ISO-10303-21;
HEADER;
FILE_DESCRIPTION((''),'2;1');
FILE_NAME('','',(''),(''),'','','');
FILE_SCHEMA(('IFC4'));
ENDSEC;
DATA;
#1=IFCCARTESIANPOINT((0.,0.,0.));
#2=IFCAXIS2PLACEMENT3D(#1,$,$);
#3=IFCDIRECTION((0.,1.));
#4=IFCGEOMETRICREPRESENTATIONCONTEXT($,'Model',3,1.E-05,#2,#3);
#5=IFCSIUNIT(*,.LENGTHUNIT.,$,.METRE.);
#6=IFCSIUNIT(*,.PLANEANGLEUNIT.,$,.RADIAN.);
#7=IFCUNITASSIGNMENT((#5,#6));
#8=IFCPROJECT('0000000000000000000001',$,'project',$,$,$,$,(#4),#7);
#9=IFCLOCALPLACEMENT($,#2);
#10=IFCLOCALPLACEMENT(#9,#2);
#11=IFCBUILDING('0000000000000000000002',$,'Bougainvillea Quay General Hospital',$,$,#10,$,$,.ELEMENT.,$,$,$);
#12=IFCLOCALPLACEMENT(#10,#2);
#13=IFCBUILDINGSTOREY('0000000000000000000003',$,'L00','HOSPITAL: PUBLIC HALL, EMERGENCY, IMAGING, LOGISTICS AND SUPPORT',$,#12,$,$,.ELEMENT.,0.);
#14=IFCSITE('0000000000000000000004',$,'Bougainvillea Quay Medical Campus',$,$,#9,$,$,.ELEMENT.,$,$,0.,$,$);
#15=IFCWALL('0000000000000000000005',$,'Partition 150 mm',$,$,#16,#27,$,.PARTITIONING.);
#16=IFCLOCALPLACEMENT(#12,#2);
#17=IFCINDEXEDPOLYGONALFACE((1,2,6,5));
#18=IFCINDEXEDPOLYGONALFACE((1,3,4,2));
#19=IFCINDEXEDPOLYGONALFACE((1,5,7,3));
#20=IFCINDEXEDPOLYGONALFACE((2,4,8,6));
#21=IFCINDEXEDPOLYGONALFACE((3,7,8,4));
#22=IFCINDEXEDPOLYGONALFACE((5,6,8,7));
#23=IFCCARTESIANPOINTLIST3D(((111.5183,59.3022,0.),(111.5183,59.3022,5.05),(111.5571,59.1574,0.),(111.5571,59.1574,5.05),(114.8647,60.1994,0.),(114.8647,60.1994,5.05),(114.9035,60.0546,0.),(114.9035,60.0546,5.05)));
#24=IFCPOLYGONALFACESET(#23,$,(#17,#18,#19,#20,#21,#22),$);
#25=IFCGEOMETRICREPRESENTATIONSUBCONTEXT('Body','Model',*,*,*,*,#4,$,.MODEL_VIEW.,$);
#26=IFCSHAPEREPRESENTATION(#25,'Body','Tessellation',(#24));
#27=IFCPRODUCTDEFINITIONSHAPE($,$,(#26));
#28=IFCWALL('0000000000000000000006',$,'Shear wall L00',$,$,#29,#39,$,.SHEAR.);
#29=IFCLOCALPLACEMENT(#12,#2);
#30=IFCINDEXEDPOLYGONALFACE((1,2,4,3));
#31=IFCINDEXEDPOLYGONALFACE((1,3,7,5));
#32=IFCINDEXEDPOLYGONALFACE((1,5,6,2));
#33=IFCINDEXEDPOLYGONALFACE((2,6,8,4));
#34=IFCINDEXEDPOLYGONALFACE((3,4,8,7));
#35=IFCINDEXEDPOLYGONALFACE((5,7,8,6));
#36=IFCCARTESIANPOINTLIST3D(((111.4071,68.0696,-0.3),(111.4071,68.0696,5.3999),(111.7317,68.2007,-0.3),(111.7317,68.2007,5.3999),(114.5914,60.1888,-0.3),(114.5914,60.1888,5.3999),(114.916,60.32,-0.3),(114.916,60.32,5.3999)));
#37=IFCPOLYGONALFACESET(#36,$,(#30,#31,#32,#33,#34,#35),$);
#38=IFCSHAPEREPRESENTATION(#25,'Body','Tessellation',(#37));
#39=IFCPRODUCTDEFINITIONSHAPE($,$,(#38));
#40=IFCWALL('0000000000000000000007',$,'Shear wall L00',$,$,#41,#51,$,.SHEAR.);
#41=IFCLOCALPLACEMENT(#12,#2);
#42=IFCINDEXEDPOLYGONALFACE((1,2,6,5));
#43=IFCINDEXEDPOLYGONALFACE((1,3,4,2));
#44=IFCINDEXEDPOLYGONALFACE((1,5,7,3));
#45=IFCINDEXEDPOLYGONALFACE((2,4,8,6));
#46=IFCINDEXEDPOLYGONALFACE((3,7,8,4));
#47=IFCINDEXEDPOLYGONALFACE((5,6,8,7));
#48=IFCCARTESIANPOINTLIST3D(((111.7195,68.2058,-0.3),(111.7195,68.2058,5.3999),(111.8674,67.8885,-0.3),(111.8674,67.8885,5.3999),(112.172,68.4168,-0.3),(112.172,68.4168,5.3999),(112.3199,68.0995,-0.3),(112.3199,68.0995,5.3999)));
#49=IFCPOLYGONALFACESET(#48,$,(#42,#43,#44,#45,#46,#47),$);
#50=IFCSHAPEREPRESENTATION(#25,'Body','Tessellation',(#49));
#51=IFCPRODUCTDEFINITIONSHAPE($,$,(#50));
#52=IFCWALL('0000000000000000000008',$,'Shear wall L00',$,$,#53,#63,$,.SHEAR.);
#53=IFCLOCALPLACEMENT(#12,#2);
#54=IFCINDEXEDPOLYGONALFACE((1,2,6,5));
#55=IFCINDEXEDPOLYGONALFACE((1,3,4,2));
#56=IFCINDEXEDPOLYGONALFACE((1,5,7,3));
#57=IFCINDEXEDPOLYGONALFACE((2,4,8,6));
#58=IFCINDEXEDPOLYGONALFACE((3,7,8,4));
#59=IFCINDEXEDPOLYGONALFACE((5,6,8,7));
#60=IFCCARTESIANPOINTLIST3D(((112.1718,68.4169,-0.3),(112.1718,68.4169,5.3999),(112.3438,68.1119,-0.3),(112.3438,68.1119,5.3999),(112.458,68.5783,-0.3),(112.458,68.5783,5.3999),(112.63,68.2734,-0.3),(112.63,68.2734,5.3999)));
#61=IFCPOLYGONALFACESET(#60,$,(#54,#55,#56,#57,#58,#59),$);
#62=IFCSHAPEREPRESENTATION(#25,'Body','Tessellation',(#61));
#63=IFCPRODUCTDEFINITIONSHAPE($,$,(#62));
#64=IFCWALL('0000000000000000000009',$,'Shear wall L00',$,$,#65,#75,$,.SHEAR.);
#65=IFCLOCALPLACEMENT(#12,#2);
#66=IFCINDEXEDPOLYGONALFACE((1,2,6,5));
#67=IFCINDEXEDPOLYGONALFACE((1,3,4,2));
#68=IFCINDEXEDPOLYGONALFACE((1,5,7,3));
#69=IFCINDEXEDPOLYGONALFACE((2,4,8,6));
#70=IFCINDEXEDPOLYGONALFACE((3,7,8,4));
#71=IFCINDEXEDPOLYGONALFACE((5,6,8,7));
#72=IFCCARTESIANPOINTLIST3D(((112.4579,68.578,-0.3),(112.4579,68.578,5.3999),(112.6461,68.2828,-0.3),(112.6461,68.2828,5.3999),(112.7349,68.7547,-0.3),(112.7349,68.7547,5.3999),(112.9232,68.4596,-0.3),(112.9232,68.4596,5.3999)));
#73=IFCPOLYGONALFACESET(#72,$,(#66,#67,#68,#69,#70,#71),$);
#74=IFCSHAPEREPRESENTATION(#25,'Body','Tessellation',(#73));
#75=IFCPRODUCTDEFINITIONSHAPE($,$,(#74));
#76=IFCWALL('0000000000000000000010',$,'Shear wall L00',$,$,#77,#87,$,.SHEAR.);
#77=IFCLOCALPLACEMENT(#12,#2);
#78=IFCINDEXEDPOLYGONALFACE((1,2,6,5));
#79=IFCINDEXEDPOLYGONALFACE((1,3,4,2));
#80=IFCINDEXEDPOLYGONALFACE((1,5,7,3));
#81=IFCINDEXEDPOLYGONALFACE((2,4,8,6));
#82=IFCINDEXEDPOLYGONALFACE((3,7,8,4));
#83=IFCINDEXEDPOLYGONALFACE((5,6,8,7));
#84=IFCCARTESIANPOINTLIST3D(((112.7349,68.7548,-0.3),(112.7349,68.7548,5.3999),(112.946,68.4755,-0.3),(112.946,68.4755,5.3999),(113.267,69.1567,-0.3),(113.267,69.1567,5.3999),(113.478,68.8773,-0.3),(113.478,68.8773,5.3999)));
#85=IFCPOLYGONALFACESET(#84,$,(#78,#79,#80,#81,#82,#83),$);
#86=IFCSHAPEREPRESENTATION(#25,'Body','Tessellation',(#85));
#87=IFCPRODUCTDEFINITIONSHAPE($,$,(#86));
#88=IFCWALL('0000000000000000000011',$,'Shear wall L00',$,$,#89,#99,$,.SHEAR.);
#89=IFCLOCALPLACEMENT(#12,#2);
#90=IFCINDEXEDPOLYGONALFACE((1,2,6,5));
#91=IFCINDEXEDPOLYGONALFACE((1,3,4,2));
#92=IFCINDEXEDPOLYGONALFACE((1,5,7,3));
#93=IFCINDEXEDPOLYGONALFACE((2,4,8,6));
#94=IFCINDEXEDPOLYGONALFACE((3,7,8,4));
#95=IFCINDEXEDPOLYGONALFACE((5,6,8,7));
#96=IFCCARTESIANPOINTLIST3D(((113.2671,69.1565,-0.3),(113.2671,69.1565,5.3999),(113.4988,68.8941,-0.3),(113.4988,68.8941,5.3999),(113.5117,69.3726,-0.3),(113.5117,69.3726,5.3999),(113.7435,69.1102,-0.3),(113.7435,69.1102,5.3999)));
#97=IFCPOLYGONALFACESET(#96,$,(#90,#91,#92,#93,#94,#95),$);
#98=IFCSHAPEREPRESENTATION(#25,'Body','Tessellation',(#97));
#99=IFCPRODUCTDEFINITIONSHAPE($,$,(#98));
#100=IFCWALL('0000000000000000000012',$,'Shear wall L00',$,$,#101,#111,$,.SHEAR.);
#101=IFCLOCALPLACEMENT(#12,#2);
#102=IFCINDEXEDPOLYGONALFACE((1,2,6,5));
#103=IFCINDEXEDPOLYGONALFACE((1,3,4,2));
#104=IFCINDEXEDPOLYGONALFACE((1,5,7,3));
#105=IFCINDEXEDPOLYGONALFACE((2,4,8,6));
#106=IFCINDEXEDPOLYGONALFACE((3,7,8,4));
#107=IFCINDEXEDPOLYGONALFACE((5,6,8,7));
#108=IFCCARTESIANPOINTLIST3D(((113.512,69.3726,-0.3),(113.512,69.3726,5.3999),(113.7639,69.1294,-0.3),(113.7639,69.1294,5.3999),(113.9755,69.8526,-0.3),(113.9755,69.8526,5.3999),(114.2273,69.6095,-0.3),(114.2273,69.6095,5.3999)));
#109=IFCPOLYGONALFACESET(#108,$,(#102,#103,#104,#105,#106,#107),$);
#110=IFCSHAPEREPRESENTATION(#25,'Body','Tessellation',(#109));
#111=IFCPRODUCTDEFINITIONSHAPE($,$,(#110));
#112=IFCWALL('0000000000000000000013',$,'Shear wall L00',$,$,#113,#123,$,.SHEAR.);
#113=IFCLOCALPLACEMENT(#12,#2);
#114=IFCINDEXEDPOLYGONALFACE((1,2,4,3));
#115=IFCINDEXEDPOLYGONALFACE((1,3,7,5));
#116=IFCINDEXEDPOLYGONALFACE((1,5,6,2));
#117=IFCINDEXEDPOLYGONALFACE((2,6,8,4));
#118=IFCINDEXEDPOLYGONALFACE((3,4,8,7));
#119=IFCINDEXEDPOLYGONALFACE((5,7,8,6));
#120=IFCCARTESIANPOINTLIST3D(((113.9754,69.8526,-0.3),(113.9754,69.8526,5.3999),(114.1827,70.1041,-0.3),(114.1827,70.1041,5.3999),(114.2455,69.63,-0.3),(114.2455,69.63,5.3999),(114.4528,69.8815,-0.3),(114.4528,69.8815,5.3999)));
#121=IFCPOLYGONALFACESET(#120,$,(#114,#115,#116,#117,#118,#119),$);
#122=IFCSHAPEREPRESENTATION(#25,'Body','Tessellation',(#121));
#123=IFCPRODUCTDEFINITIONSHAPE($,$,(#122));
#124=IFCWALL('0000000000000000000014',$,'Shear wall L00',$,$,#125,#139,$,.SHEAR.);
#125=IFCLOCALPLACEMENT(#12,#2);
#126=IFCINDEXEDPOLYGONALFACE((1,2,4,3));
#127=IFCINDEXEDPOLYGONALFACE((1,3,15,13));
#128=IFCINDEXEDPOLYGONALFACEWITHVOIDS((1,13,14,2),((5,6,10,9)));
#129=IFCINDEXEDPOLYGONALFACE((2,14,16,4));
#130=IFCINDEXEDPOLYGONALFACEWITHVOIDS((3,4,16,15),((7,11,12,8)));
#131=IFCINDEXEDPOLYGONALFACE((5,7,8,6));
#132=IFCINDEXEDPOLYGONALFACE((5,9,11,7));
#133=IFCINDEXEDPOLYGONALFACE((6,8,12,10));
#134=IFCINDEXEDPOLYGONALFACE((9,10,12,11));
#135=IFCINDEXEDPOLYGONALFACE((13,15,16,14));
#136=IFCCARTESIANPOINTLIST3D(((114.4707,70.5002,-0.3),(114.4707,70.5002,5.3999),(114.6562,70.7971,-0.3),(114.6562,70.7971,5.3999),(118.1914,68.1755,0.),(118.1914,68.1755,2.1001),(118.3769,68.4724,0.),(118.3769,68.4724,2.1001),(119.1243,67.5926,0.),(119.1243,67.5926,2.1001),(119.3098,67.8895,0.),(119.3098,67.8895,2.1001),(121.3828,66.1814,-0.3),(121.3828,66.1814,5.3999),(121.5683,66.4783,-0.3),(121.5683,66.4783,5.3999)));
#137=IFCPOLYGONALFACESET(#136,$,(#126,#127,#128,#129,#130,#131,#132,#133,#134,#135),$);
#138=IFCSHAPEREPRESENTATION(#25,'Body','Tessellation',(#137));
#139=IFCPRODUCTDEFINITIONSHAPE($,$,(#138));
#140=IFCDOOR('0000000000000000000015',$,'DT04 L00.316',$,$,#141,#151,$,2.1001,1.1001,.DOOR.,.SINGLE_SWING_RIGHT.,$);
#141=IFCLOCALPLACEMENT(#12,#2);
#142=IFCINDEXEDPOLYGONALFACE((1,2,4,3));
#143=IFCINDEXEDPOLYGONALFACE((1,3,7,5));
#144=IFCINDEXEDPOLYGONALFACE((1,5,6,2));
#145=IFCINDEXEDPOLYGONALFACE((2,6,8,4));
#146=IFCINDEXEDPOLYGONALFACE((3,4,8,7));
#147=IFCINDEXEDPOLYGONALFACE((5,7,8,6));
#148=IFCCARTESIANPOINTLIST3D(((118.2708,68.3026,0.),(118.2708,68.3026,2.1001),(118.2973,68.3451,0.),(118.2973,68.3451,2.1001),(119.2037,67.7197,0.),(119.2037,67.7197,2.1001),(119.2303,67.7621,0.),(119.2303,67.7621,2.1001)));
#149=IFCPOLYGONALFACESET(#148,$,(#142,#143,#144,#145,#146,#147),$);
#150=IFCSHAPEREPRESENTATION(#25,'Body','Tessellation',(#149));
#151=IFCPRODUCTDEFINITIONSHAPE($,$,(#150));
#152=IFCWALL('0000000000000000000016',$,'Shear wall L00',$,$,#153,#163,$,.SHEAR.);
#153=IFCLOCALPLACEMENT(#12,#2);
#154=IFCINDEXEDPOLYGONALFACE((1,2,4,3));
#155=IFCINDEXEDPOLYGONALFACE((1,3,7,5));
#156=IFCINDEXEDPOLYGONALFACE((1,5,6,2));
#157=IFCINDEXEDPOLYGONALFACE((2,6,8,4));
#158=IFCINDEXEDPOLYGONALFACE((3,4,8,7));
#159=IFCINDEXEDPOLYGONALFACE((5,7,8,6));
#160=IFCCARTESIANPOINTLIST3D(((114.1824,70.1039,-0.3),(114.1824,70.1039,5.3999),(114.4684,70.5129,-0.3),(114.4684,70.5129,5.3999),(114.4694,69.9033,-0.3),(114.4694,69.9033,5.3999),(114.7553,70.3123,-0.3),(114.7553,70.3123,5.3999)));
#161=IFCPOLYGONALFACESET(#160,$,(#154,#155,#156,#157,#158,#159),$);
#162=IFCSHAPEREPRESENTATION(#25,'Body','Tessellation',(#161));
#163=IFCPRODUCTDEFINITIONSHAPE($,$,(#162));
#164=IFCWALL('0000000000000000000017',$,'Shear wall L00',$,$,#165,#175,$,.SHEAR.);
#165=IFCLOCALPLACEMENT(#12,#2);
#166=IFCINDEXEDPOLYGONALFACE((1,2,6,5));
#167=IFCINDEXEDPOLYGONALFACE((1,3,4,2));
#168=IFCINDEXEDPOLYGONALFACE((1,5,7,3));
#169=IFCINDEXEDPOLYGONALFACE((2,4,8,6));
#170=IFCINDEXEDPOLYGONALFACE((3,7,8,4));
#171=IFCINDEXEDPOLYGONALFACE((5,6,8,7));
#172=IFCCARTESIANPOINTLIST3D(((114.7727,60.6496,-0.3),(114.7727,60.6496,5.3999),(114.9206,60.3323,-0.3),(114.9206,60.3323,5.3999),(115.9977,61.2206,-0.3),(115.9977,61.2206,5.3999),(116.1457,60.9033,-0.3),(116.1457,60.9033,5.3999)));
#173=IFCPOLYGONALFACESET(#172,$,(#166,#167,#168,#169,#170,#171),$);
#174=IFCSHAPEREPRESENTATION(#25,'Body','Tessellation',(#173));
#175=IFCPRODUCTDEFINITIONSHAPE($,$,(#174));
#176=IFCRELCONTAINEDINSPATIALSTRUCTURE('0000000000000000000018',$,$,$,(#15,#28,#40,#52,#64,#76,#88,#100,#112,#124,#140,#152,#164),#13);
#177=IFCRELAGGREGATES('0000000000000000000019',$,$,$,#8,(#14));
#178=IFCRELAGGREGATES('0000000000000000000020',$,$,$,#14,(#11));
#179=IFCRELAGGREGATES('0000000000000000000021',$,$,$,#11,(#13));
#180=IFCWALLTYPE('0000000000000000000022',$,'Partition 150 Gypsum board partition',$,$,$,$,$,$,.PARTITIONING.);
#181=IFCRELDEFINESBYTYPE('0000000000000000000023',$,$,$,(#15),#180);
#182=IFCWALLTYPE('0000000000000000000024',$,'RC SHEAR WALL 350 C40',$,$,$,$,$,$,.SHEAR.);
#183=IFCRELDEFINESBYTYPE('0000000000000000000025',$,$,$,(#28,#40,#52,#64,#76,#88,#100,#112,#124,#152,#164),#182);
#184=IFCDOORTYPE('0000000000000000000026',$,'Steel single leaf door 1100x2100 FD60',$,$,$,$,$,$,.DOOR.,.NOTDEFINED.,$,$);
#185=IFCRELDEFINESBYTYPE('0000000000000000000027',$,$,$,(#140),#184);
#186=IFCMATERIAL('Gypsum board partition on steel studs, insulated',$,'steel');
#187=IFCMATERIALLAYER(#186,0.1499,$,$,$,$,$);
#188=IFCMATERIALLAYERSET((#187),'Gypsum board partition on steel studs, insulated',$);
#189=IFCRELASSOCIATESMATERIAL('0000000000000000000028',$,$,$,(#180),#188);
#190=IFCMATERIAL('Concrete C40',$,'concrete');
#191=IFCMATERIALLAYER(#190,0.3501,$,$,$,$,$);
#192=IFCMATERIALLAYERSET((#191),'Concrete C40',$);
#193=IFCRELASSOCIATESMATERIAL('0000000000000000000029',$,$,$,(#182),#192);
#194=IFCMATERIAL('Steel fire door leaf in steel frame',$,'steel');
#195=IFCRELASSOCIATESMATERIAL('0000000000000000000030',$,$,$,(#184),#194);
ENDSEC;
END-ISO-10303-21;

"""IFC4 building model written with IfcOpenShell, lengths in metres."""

from ifc_helpers import new_model, si_unit, direction, frame, frame_2d, origin, place, context, subcontext, project, spatial, rectangle, extrude, material, layer, layer_set, type_object, element, fill, save


model = new_model("IFC4")

# Units and contexts
model_context = context("Model", 3, precision=1e-05, world=origin(), true_north=direction((0.0, 1.0)))
body_context = subcontext(model_context, "Body", "Model", "MODEL_VIEW")
ifc_project = project(units=[si_unit("LENGTHUNIT", "METRE"), si_unit("PLANEANGLEUNIT", "RADIAN")], contexts=[model_context])

# Site, building, storey
site_placement = place(None, origin())
site = spatial("IfcSite", under=ifc_project, at=site_placement, Name="Bougainvillea Quay Medical Campus", CompositionType="ELEMENT", RefElevation=0.0)
building_placement = place(site_placement, origin())
building = spatial("IfcBuilding", under=site, at=building_placement, Name="Bougainvillea Quay General Hospital", CompositionType="ELEMENT")
storey_placement = place(building_placement, origin())
storey = spatial("IfcBuildingStorey", under=building, at=storey_placement, Name="L00", Description="HOSPITAL: PUBLIC HALL, EMERGENCY, IMAGING, LOGISTICS AND SUPPORT", CompositionType="ELEMENT", Elevation=0.0)

# Shared definitions
ifc_material_1 = material(Name="Concrete C40", Category="concrete")

# Walls
ifc_material_2 = material(Name="Gypsum board partition on steel studs, insulated", Category="steel")
ifc_layer_1 = layer(ifc_material_2, 0.1499)
ifc_layer_set_1 = layer_set([ifc_layer_1], Name="Gypsum board partition on steel studs, insulated")
wall_type_1 = type_object("IfcWallType", Name="Partition 150 Gypsum board partition", PredefinedType="PARTITIONING", material=ifc_layer_set_1)
for number, where, z_axis, x_axis, name in (
    (1, (111.5376, 59.2297, 0.0), (0.0, 0.0, 1.0), (0.965887, 0.258965, 0.0), "Partition 150 mm"),
):
    element("IfcWall", number, at=place(storey_placement, frame(where, z_axis=z_axis, x_axis=x_axis)), inside=storey, type_object=wall_type_1, Name=name, PredefinedType="PARTITIONING", context=body_context, shape_type="SweptSolid", body=[
        extrude(rectangle(XDim=3.4646, YDim=0.1499, at=frame_2d((1.7324, 0.0))), origin(), (0.0, 0.0, 1.0), 5.05),
    ])
ifc_layer_2 = layer(ifc_material_1, 0.3501)
ifc_layer_set_2 = layer_set([ifc_layer_2], Name="Concrete C40")
wall_type_2 = type_object("IfcWallType", Name="RC SHEAR WALL 350 C40", PredefinedType="SHEAR", material=ifc_layer_set_2)
wall_1_placement = place(storey_placement, frame((111.5693, 68.1353, -0.3), z_axis=(0.0, 0.0, 1.0), x_axis=(0.374642, -0.92717, 0.0)))
element("IfcWall", 2, at=wall_1_placement, inside=storey, type_object=wall_type_2, Name="Shear wall L00", PredefinedType="SHEAR", context=body_context, shape_type="SweptSolid", body=[
    extrude(rectangle(XDim=8.4998, YDim=0.3501, at=frame_2d((4.25, 0.0))), origin(), (0.0, 0.0, 1.0), 5.7),
])
wall_2_placement = place(storey_placement, frame((112.2458, 68.2581, -0.3), z_axis=(0.0, 0.0, 1.0), x_axis=(-0.906321, -0.422591, 0.0)))
element("IfcWall", 3, at=wall_2_placement, inside=storey, type_object=wall_type_2, Name="Shear wall L00", PredefinedType="SHEAR", context=body_context, shape_type="SweptSolid", body=[
    extrude(rectangle(XDim=0.4993, YDim=0.3501, at=frame_2d((0.2495, 0.0))), origin(), (0.0, 0.0, 1.0), 5.7),
])
for number, where, z_axis, x_axis, name in (
    (4, (112.2578, 68.2644, -0.3), (0.0, 0.0, 1.0), (0.871019, 0.491249, 0.0), "Shear wall L00"),
    (5, (112.552, 68.4304, -0.3), (0.0, 0.0, 1.0), (0.84308, 0.537788, 0.0), "Shear wall L00"),
):
    element("IfcWall", number, at=place(storey_placement, frame(where, z_axis=z_axis, x_axis=x_axis)), inside=storey, type_object=wall_type_2, Name=name, PredefinedType="SHEAR", context=body_context, shape_type="SweptSolid", body=[
        extrude(rectangle(XDim=0.3286, YDim=0.3501, at=frame_2d((0.1643, 0.0))), origin(), (0.0, 0.0, 1.0), 5.7),
    ])
wall_3_placement = place(storey_placement, frame((113.3726, 69.0171, -0.3), z_axis=(0.0, 0.0, 1.0), x_axis=(-0.79793, -0.60275, 0.0)))
element("IfcWall", 6, at=wall_3_placement, inside=storey, type_object=wall_type_2, Name="Shear wall L00", PredefinedType="SHEAR", context=body_context, shape_type="SweptSolid", body=[
    extrude(rectangle(XDim=0.6667, YDim=0.3501, at=frame_2d((0.3335, 0.0))), origin(), (0.0, 0.0, 1.0), 5.7),
])
wall_4_placement = place(storey_placement, frame((113.3831, 69.0254, -0.3), z_axis=(0.0, 0.0, 1.0), x_axis=(0.74951, 0.661993, 0.0)))
element("IfcWall", 7, at=wall_4_placement, inside=storey, type_object=wall_type_2, Name="Shear wall L00", PredefinedType="SHEAR", context=body_context, shape_type="SweptSolid", body=[
    extrude(rectangle(XDim=0.3264, YDim=0.3501, at=frame_2d((0.1631, 0.0))), origin(), (0.0, 0.0, 1.0), 5.7),
])
wall_5_placement = place(storey_placement, frame((114.1013, 69.731, -0.3), z_axis=(0.0, 0.0, 1.0), x_axis=(-0.694555, -0.719439, 0.0)))
element("IfcWall", 8, at=wall_5_placement, inside=storey, type_object=wall_type_2, Name="Shear wall L00", PredefinedType="SHEAR", context=body_context, shape_type="SweptSolid", body=[
    extrude(rectangle(XDim=0.6672, YDim=0.3501, at=frame_2d((0.3335, 0.0))), origin(), (0.0, 0.0, 1.0), 5.7),
])
wall_6_placement = place(storey_placement, frame((114.1104, 69.7412, -0.3), z_axis=(0.0, 0.0, 1.0), x_axis=(0.636049, 0.771649, 0.0)))
element("IfcWall", 9, at=wall_6_placement, inside=storey, type_object=wall_type_2, Name="Shear wall L00", PredefinedType="SHEAR", context=body_context, shape_type="SweptSolid", body=[
    extrude(rectangle(XDim=0.3259, YDim=0.3501, at=frame_2d((0.1631, 0.0))), origin(), (0.0, 0.0, 1.0), 5.7),
])

# Wall, opening, door
wall_7_placement = place(storey_placement, frame((114.5635, 70.6487, -0.3), z_axis=(0.0, 0.0, 1.0), x_axis=(0.848066, -0.529891, 0.0)))
wall_7 = element("IfcWall", 10, at=wall_7_placement, inside=storey, type_object=wall_type_2, Name="Shear wall L00", PredefinedType="SHEAR", context=body_context, shape_type="SweptSolid", body=[
    extrude(rectangle(XDim=8.1504, YDim=0.3501, at=frame_2d((4.0752, 0.0))), origin(), (0.0, 0.0, 1.0), 5.7),
])
opening_placement = place(wall_7_placement, frame((4.3872, 0.0, 0.3)))
opening = element("IfcOpeningElement", 11, at=opening_placement, cuts=wall_7, PredefinedType="OPENING", context=body_context, shape_type="SweptSolid", body=[
    extrude(rectangle(XDim=1.1001, YDim=2.1001, at=frame_2d((0.55, 1.05))), frame((0.0, 0.1851, 0.0), z_axis=(0.0, -1.0, 0.0), x_axis=(1.0, 0.0, 0.0)), (0.0, 0.0, 1.0), 0.3701),
])
ifc_material_3 = material(Name="Steel fire door leaf in steel frame", Category="steel")
door_type = type_object("IfcDoorType", Name="Steel single leaf door 1100x2100 FD60", OperationType="NOTDEFINED", PredefinedType="DOOR", material=ifc_material_3)
door_placement = place(opening_placement, origin())
door = element("IfcDoor", 12, at=door_placement, inside=storey, type_object=door_type, Name="DT04 L00.316", OperationType="SINGLE_SWING_RIGHT", OverallHeight=2.1001, OverallWidth=1.1001, PredefinedType="DOOR", context=body_context, shape_type="SweptSolid", body=[
    extrude(rectangle(XDim=1.1001, YDim=2.1001, at=frame_2d((0.55, 1.05))), frame((0.0, 0.0249, 0.0), z_axis=(0.0, -1.0, 0.0), x_axis=(1.0, 0.0, 0.0)), (0.0, 0.0, 1.0), 0.05),
])
fill(opening, door)

# Walls
wall_8_placement = place(storey_placement, frame((114.6118, 70.4126, -0.3), z_axis=(0.0, 0.0, 1.0), x_axis=(-0.57297, -0.819577, 0.0)))
element("IfcWall", 13, at=wall_8_placement, inside=storey, type_object=wall_type_2, Name="Shear wall L00", PredefinedType="SHEAR", context=body_context, shape_type="SweptSolid", body=[
    extrude(rectangle(XDim=0.499, YDim=0.3501, at=frame_2d((0.2495, 0.0))), origin(), (0.0, 0.0, 1.0), 5.7),
])
wall_9_placement = place(storey_placement, frame((114.8467, 60.491, -0.3), z_axis=(0.0, 0.0, 1.0), x_axis=(0.906372, 0.42248, 0.0)))
element("IfcWall", 14, at=wall_9_placement, inside=storey, type_object=wall_type_2, Name="Shear wall L00", PredefinedType="SHEAR", context=body_context, shape_type="SweptSolid", body=[
    extrude(rectangle(XDim=1.3516, YDim=0.3501, at=frame_2d((0.6758, 0.0))), origin(), (0.0, 0.0, 1.0), 5.7),
])

save(model, "model.ifc")
